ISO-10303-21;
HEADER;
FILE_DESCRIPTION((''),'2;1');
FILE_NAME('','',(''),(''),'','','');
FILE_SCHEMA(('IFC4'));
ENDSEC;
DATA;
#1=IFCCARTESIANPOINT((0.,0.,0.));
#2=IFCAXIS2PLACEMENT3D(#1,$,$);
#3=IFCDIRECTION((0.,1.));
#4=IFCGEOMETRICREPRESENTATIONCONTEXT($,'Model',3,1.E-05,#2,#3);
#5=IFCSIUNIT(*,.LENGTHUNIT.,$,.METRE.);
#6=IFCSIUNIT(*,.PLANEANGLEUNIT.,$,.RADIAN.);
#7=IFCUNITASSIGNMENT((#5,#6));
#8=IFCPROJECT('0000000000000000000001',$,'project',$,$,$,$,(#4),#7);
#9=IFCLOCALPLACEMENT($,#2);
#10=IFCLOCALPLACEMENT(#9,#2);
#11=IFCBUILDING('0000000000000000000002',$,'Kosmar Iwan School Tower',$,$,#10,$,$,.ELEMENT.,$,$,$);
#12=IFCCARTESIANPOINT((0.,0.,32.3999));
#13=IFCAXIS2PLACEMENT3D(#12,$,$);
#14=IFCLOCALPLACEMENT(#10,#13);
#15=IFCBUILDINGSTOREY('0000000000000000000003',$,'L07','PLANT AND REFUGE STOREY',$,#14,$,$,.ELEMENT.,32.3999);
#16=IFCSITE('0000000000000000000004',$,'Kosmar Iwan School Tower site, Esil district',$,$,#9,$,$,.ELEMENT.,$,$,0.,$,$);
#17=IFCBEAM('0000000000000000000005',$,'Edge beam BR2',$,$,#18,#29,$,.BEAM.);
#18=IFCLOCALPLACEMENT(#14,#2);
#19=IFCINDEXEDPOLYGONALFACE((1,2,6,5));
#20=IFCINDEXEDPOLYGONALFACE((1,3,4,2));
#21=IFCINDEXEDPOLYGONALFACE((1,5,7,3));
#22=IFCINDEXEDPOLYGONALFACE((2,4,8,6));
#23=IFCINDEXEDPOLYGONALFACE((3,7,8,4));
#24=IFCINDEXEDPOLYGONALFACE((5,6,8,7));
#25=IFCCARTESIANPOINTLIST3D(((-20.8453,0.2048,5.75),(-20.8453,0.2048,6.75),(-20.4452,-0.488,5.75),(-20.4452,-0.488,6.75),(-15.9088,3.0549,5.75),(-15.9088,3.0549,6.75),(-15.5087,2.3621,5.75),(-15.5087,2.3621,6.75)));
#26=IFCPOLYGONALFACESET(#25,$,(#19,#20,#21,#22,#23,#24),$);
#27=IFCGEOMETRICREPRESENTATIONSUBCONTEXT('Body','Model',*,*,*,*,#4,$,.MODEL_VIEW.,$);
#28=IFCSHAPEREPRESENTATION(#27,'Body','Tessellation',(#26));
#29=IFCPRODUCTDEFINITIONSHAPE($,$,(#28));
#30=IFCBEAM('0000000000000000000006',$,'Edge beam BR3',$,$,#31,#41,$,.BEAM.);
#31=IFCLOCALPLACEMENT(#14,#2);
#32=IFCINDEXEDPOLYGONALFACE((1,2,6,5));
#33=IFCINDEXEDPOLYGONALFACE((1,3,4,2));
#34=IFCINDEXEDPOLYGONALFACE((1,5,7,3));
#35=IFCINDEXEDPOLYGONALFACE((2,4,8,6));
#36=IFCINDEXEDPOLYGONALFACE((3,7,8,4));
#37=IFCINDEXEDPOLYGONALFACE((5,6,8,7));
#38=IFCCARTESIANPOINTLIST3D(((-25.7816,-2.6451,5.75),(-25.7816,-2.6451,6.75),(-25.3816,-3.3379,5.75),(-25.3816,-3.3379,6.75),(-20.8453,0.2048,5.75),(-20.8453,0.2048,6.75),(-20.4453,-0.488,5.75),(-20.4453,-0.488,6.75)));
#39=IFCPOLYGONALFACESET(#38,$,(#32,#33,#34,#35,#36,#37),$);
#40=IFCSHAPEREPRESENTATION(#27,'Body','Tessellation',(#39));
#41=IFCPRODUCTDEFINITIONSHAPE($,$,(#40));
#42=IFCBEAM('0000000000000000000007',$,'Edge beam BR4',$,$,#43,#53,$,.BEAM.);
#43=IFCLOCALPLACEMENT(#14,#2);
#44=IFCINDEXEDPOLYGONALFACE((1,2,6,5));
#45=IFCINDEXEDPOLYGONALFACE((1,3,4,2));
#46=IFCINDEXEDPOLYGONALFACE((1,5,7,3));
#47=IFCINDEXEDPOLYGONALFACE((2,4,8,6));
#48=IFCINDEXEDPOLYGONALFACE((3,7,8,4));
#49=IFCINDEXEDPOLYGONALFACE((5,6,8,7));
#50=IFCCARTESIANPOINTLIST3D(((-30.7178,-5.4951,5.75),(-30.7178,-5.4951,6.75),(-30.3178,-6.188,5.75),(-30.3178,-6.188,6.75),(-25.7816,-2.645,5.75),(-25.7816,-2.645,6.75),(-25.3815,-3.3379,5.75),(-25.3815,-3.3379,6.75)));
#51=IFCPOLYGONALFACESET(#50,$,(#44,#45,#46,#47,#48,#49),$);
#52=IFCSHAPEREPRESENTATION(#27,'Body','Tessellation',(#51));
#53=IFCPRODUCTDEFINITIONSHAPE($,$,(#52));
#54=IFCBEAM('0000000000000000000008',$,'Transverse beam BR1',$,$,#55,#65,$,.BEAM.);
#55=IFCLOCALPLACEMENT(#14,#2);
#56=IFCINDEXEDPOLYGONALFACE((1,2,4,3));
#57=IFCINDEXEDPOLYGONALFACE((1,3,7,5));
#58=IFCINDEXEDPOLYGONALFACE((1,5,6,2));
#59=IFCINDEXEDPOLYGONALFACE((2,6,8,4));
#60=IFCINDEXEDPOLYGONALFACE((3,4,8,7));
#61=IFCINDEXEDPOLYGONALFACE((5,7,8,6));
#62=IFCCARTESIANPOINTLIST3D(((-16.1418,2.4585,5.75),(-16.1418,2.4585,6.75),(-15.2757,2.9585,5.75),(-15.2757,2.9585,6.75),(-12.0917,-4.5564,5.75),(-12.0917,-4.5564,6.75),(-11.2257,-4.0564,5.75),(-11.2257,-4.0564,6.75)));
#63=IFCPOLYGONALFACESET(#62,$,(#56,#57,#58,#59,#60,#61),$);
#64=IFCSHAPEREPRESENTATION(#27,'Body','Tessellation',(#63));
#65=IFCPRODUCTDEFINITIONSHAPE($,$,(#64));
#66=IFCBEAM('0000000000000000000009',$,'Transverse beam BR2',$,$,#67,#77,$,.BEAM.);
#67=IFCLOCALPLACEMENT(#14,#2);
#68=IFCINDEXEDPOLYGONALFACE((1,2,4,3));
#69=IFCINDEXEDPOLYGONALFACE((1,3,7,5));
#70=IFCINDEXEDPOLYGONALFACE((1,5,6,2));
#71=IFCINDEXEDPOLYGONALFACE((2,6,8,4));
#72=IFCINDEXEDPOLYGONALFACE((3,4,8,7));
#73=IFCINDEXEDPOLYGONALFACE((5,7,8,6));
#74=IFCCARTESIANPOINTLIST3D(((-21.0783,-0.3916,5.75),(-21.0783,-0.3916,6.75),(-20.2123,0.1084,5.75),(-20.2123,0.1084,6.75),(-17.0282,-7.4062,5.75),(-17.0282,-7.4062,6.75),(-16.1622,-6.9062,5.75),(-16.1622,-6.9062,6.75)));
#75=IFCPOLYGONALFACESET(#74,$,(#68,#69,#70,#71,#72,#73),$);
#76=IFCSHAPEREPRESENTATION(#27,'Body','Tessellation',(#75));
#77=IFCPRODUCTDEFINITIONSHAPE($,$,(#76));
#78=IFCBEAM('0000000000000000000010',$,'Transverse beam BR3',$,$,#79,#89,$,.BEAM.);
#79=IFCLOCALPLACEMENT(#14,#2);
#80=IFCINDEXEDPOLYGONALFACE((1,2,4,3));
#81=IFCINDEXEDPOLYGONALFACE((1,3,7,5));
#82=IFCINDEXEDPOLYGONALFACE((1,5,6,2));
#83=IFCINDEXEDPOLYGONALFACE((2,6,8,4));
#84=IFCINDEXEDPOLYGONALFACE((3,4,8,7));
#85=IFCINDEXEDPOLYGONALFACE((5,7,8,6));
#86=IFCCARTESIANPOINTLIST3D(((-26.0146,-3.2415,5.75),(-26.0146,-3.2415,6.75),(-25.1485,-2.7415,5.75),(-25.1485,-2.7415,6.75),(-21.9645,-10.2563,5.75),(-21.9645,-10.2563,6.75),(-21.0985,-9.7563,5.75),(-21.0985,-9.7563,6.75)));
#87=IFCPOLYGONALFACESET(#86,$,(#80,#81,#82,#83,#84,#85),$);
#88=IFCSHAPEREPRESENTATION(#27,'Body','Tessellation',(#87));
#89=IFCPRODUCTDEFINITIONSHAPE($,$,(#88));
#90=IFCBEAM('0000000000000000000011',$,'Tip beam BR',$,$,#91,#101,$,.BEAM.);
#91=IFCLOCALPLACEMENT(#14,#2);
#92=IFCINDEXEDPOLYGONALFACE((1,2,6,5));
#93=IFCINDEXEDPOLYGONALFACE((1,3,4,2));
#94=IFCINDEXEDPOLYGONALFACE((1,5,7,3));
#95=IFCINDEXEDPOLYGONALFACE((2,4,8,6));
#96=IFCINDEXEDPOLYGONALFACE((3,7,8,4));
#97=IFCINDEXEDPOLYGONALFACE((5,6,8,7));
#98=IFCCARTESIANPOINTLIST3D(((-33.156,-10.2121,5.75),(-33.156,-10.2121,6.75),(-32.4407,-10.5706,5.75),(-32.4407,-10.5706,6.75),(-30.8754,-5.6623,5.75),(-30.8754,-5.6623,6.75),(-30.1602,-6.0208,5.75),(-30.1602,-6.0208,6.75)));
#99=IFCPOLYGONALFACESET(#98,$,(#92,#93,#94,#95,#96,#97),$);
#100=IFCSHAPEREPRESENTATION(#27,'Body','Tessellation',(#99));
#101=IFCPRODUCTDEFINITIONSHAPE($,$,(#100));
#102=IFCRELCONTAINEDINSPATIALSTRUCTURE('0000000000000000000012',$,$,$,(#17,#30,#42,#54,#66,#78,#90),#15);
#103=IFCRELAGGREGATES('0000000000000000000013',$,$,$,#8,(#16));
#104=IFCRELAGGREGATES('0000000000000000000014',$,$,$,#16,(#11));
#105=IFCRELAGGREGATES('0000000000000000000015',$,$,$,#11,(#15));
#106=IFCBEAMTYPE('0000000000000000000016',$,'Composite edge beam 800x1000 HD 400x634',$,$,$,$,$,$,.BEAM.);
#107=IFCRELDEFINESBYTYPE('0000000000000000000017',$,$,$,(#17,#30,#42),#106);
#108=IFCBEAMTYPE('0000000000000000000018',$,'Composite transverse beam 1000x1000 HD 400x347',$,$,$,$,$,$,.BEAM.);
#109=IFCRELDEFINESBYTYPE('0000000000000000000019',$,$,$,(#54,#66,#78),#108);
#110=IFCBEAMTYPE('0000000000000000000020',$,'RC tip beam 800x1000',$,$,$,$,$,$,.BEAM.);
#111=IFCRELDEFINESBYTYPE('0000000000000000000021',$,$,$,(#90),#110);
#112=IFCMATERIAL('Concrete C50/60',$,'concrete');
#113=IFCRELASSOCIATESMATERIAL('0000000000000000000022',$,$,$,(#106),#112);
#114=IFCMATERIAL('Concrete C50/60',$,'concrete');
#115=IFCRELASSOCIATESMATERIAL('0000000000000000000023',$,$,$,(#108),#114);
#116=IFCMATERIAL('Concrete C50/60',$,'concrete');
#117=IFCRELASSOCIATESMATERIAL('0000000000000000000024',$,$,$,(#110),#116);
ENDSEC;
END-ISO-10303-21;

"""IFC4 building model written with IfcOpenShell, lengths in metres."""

from ifc_helpers import new_model, si_unit, direction, frame, origin, origin_2d, place, context, subcontext, project, spatial, rectangle, extrude, material, material_profile, profile_set, type_object, element, save


model = new_model("IFC4")

# Units and contexts
model_context = context("Model", 3, precision=1e-05, world=origin(), true_north=direction((0.0, 1.0)))
body_context = subcontext(model_context, "Body", "Model", "MODEL_VIEW")
ifc_project = project(units=[si_unit("LENGTHUNIT", "METRE"), si_unit("PLANEANGLEUNIT", "RADIAN")], contexts=[model_context])

# Site, building, storey
site_placement = place(None, origin())
site = spatial("IfcSite", under=ifc_project, at=site_placement, Name="Kosmar Iwan School Tower site, Esil district", CompositionType="ELEMENT", RefElevation=0.0)
building_placement = place(site_placement, origin())
building = spatial("IfcBuilding", under=site, at=building_placement, Name="Kosmar Iwan School Tower", CompositionType="ELEMENT")
storey_placement = place(building_placement, frame((0.0, 0.0, 32.3999)))
storey = spatial("IfcBuildingStorey", under=building, at=storey_placement, Name="L07", Description="PLANT AND REFUGE STOREY", CompositionType="ELEMENT", Elevation=32.3999)

# Beams
ifc_material_1 = material(Name="Concrete C50/60", Category="concrete")
ifc_material_profile_1 = material_profile(ifc_material_1, rectangle(XDim=0.8, YDim=1.0, at=origin_2d()), Name="RC 800x1000 + HD 400x634")
ifc_profile_set_1 = profile_set([ifc_material_profile_1], Name="Concrete C50/60")
beam_type_1 = type_object("IfcBeamType", Name="Composite edge beam 800x1000 HD 400x634", PredefinedType="BEAM", material=ifc_profile_set_1)
beam_1_placement = place(storey_placement, frame((-15.7087, 2.7085, 6.25), z_axis=(-0.866026, -0.499999, 0.0), x_axis=(0.499999, -0.866026, 0.0)))
element("IfcBeam", 1, at=beam_1_placement, inside=storey, type_object=beam_type_1, Name="Edge beam BR2", PredefinedType="BEAM", context=body_context, shape_type="SweptSolid", body=[
    extrude(rectangle(XDim=0.8, YDim=1.0, at=origin_2d()), origin(), (0.0, 0.0, 1.0), 5.7002),
])
for number, where, z_axis, x_axis, name in (
    (2, (-20.6453, -0.1416, 6.25), (-0.866034, -0.499986, 0.0), (0.499986, -0.866034, 0.0), "Edge beam BR3"),
    (3, (-25.5815, -2.9915, 6.25), (-0.866015, -0.500018, 0.0), (0.500018, -0.866015, 0.0), "Edge beam BR4"),
):
    element("IfcBeam", number, at=place(storey_placement, frame(where, z_axis=z_axis, x_axis=x_axis)), inside=storey, type_object=beam_type_1, Name=name, PredefinedType="BEAM", context=body_context, shape_type="SweptSolid", body=[
        extrude(rectangle(XDim=0.8, YDim=1.0, at=origin_2d()), origin(), (0.0, 0.0, 1.0), 5.7),
    ])
ifc_material_2 = material(Name="Concrete C50/60", Category="concrete")
ifc_material_profile_2 = material_profile(ifc_material_2, rectangle(XDim=1.0, YDim=1.0, at=origin_2d()), Name="RC 1000x1000 + HD 400x347")
ifc_profile_set_2 = profile_set([ifc_material_profile_2], Name="Concrete C50/60")
beam_type_2 = type_object("IfcBeamType", Name="Composite transverse beam 1000x1000 HD 400x347", PredefinedType="BEAM", material=ifc_profile_set_2)
beam_2_placement = place(storey_placement, frame((-15.7087, 2.7085, 6.25), z_axis=(0.5, -0.866025, 0.0), x_axis=(0.866025, 0.5, 0.0)))
element("IfcBeam", 4, at=beam_2_placement, inside=storey, type_object=beam_type_2, Name="Transverse beam BR1", PredefinedType="BEAM", context=body_context, shape_type="SweptSolid", body=[
    extrude(rectangle(XDim=1.0, YDim=1.0, at=origin_2d()), origin(), (0.0, 0.0, 1.0), 8.1001),
])
beam_3_placement = place(storey_placement, frame((-20.6453, -0.1416, 6.25), z_axis=(0.500013, -0.866018, 0.0), x_axis=(0.866018, 0.500013, 0.0)))
element("IfcBeam", 5, at=beam_3_placement, inside=storey, type_object=beam_type_2, Name="Transverse beam BR2", PredefinedType="BEAM", context=body_context, shape_type="SweptSolid", body=[
    extrude(rectangle(XDim=1.0, YDim=1.0, at=origin_2d()), origin(), (0.0, 0.0, 1.0), 8.0999),
])
beam_4_placement = place(storey_placement, frame((-25.5815, -2.9915, 6.25), z_axis=(0.5, -0.866025, 0.0), x_axis=(0.866025, 0.5, 0.0)))
element("IfcBeam", 6, at=beam_4_placement, inside=storey, type_object=beam_type_2, Name="Transverse beam BR3", PredefinedType="BEAM", context=body_context, shape_type="SweptSolid", body=[
    extrude(rectangle(XDim=1.0, YDim=1.0, at=origin_2d()), origin(), (0.0, 0.0, 1.0), 8.1001),
])
ifc_material_3 = material(Name="Concrete C50/60", Category="concrete")
ifc_material_profile_3 = material_profile(ifc_material_3, rectangle(XDim=0.8, YDim=1.0, at=origin_2d()), Name="RC 800x1000")
ifc_profile_set_3 = profile_set([ifc_material_profile_3], Name="Concrete C50/60")
beam_type_3 = type_object("IfcBeamType", Name="RC tip beam 800x1000", PredefinedType="BEAM", material=ifc_profile_set_3)
beam_5_placement = place(storey_placement, frame((-30.5178, -5.8416, 6.25), z_axis=(-0.448096, -0.893985, 0.0), x_axis=(0.893985, -0.448096, 0.0)))
element("IfcBeam", 7, at=beam_5_placement, inside=storey, type_object=beam_type_3, Name="Tip beam BR", PredefinedType="BEAM", context=body_context, shape_type="SweptSolid", body=[
    extrude(rectangle(XDim=0.8, YDim=1.0, at=origin_2d()), origin(), (0.0, 0.0, 1.0), 5.0894),
])

save(model, "model.ifc")
